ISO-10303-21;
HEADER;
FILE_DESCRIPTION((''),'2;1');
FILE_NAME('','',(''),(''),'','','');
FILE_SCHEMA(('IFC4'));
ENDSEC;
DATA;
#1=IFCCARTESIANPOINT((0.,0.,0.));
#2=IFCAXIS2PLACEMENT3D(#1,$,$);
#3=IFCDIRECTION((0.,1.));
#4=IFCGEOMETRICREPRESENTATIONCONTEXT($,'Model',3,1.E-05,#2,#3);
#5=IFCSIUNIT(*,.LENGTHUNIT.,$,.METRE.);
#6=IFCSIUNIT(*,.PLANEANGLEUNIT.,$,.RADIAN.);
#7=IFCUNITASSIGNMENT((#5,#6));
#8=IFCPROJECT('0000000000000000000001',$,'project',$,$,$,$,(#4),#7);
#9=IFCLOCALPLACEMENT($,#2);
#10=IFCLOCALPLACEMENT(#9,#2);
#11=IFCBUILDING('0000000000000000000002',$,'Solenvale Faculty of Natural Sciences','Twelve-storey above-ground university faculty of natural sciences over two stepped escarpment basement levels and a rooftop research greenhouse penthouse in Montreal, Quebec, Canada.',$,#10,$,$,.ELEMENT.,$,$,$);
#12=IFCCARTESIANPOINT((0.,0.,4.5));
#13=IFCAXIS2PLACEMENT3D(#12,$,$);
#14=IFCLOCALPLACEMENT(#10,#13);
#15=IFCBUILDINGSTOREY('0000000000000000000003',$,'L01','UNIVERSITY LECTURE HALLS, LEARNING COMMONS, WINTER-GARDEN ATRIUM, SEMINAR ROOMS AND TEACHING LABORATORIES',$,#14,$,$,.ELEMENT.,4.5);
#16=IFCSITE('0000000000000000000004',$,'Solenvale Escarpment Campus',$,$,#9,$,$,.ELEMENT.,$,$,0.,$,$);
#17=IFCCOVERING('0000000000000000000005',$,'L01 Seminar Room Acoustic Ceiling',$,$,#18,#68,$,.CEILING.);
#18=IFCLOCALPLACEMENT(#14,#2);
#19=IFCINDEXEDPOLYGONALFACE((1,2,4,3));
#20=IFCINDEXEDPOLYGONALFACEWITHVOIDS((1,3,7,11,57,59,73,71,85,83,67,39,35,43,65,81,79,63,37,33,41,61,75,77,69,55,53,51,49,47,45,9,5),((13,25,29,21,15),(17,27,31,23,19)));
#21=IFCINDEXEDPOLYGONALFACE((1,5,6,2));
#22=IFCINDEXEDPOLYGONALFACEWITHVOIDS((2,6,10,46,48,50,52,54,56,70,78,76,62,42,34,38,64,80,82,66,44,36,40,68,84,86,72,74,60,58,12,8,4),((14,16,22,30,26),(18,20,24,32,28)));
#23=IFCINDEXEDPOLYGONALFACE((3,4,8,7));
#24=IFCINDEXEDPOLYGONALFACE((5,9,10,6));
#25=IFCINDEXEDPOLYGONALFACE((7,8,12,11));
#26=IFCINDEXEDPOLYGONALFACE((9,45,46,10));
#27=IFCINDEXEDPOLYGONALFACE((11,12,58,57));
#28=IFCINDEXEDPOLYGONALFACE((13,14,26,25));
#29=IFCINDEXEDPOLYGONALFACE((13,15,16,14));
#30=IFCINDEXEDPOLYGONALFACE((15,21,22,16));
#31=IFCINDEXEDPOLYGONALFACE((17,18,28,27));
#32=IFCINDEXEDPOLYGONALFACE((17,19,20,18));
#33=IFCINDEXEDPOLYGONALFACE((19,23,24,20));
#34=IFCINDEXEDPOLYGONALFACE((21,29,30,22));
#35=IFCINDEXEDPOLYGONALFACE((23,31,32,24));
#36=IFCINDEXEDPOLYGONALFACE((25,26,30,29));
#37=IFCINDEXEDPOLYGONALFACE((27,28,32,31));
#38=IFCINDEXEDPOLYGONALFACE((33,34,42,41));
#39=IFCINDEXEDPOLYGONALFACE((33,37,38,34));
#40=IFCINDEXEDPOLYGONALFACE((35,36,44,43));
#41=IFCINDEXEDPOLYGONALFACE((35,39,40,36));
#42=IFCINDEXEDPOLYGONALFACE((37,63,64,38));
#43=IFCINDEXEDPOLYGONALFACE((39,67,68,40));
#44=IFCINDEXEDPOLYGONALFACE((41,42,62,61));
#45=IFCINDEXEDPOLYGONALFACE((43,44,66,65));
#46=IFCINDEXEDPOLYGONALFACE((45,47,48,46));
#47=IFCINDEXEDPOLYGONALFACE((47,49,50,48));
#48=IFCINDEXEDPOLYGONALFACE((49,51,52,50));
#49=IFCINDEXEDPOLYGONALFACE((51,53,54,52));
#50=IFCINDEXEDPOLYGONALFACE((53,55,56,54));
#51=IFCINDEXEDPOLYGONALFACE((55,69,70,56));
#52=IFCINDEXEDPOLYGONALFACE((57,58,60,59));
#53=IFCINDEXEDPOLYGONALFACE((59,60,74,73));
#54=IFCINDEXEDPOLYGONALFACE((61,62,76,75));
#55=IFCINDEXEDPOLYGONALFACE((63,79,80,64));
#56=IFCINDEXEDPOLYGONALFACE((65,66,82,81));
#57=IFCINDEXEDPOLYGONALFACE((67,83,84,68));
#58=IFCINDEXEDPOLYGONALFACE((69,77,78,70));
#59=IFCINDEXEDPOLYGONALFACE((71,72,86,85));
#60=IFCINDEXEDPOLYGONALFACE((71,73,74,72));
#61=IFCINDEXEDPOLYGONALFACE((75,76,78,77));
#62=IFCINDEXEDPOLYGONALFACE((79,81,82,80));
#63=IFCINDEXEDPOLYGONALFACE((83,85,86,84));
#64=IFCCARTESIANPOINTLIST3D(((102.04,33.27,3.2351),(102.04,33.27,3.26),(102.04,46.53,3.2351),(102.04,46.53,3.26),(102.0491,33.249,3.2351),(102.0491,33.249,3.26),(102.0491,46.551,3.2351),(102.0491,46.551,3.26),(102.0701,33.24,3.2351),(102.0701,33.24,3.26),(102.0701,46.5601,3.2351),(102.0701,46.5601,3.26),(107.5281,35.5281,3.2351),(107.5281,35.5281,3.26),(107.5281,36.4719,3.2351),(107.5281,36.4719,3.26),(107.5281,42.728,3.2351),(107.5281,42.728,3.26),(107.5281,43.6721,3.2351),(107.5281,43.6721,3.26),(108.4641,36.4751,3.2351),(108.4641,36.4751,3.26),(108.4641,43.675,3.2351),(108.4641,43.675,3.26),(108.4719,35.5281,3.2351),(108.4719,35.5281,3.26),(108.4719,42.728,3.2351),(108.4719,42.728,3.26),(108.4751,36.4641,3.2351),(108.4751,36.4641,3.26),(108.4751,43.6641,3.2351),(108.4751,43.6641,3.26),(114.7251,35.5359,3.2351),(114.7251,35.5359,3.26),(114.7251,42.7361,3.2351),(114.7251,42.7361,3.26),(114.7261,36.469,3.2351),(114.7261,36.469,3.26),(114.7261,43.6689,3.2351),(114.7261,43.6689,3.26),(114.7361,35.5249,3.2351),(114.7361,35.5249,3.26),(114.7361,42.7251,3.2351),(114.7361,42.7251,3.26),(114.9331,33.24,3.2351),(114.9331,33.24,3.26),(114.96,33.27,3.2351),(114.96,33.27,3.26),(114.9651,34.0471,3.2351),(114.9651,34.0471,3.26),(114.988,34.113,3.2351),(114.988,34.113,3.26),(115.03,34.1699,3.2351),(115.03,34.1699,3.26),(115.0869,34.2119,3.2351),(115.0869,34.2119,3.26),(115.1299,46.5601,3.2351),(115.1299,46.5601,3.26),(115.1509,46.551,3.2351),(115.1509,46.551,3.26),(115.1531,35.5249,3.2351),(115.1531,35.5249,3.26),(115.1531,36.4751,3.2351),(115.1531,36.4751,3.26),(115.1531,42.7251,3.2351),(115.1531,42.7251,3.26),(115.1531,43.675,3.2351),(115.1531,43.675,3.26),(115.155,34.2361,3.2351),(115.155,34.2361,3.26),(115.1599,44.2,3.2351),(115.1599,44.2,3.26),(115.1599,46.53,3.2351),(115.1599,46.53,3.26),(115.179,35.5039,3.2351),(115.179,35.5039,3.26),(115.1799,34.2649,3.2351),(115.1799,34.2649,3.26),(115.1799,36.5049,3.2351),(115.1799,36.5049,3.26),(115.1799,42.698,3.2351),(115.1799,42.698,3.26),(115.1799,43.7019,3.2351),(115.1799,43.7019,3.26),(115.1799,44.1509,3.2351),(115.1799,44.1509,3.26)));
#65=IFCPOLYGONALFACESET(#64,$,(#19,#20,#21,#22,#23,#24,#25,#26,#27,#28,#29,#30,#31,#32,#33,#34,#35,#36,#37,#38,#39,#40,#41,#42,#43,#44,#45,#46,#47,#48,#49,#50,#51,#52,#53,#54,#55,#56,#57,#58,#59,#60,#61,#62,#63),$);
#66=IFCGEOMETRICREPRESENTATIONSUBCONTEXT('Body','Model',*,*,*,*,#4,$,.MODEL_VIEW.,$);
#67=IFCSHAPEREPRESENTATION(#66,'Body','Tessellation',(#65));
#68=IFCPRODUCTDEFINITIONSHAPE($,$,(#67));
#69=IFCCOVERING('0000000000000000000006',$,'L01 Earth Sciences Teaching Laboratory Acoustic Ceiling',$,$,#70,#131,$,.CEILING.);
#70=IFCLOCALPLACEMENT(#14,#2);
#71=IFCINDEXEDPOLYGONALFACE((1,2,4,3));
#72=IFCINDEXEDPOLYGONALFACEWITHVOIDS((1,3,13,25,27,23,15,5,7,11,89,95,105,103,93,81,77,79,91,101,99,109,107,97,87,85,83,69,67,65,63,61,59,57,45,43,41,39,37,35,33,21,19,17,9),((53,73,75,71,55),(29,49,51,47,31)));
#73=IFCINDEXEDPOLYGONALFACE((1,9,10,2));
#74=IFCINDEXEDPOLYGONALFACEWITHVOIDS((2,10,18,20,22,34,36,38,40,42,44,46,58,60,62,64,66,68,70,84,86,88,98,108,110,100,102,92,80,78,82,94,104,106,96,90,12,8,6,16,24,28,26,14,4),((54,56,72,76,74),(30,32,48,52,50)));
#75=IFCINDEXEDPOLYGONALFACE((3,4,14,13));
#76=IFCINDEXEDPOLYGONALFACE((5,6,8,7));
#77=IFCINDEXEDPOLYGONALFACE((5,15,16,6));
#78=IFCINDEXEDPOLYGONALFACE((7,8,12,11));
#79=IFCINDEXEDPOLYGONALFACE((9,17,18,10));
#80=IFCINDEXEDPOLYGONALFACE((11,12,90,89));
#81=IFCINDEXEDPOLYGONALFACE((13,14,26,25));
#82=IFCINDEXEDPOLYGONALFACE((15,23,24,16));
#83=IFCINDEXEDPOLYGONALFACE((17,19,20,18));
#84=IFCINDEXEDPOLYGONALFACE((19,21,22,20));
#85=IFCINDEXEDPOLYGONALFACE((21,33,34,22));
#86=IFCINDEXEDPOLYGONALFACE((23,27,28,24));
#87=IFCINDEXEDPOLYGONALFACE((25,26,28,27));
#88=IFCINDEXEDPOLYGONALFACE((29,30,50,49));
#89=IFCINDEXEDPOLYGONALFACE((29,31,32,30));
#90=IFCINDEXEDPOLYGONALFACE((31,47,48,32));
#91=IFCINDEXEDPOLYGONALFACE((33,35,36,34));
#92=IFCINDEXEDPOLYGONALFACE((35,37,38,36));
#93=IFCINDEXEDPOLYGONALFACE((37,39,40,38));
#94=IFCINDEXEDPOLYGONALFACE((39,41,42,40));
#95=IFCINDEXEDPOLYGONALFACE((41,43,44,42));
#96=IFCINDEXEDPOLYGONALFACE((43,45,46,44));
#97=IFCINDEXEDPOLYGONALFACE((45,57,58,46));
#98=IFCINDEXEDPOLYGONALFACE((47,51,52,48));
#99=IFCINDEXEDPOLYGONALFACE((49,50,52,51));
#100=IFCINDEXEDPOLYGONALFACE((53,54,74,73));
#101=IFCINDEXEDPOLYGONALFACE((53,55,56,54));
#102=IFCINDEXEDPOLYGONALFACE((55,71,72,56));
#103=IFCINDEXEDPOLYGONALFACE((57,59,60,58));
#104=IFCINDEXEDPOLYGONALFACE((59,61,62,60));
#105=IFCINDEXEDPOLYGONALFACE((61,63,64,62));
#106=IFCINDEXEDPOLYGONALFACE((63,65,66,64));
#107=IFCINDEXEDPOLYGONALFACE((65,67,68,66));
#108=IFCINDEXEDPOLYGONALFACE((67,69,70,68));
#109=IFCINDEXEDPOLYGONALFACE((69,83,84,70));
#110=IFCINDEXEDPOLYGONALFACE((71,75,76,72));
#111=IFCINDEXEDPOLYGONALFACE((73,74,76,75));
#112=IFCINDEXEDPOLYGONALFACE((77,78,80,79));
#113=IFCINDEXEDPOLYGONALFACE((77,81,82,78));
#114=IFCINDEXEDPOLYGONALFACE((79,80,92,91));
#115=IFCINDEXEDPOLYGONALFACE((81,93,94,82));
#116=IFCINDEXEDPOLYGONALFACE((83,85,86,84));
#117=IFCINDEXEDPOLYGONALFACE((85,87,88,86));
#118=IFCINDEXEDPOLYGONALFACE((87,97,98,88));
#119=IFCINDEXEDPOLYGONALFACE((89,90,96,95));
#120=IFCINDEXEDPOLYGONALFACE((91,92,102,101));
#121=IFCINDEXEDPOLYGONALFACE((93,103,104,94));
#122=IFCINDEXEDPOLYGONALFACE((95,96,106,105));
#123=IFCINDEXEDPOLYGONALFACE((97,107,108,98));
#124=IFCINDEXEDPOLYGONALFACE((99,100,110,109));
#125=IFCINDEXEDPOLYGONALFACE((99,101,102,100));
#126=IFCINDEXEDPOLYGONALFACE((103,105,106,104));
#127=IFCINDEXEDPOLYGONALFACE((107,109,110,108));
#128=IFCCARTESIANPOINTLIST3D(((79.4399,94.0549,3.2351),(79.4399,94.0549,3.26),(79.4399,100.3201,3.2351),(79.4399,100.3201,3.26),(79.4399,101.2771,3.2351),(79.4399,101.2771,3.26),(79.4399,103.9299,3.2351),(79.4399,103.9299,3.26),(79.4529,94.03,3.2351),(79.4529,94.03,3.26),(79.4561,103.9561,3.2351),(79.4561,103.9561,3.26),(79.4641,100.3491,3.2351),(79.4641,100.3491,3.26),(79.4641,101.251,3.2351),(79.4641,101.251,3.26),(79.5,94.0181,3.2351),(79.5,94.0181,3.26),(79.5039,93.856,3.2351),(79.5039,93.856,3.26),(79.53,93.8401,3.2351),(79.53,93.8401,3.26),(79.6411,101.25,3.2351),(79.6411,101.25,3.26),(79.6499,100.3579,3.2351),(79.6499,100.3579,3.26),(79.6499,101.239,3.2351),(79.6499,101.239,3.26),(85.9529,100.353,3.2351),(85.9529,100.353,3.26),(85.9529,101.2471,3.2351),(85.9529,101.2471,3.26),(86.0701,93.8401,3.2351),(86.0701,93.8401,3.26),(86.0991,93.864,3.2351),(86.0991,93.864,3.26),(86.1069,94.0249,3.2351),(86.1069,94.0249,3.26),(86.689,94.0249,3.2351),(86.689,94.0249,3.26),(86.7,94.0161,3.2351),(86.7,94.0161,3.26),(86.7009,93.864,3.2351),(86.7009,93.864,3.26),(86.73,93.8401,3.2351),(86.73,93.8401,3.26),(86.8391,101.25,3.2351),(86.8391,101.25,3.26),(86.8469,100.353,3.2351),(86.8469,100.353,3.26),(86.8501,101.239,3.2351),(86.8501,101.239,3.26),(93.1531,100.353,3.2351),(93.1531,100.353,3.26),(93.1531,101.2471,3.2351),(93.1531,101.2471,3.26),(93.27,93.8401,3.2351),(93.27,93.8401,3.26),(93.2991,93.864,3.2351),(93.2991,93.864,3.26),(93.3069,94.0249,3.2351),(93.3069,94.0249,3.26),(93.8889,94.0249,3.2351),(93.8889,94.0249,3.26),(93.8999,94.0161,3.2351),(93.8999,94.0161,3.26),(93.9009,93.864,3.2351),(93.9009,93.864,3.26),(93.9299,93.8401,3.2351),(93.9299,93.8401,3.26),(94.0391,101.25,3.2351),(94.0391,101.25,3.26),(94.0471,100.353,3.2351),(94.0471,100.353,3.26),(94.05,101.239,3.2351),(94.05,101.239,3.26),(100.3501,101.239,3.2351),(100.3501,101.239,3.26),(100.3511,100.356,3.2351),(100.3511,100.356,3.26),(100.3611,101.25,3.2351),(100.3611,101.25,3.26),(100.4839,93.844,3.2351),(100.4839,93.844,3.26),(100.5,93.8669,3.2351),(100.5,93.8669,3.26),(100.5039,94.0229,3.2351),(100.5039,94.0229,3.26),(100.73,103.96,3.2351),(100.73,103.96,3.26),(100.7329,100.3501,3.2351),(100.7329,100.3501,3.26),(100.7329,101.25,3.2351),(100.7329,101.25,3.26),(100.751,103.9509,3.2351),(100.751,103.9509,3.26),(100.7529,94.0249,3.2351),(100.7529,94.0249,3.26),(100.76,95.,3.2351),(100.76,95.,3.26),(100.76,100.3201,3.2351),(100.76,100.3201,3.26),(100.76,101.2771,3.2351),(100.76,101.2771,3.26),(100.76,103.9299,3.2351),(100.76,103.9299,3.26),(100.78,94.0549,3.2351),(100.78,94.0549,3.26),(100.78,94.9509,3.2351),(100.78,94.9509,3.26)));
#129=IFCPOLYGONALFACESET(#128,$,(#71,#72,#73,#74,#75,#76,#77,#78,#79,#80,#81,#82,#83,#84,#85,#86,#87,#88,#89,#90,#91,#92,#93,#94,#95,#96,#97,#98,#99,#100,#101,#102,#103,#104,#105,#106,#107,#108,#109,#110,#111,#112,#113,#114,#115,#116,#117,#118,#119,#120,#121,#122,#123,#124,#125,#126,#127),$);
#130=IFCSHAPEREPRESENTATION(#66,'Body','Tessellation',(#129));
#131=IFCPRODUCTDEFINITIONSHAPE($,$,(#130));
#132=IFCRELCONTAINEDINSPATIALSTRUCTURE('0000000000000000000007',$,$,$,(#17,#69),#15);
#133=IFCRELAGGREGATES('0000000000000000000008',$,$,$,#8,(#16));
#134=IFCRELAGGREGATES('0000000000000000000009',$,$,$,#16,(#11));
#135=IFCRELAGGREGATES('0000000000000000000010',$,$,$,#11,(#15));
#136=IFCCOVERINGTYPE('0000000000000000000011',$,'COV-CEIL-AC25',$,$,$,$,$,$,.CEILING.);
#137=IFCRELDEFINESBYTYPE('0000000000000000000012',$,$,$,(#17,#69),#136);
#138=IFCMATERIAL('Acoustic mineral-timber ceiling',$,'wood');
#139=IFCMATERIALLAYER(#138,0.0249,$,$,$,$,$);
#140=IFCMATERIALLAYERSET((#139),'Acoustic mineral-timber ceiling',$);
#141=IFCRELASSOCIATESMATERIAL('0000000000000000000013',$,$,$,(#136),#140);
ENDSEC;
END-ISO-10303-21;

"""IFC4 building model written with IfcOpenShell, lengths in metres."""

from ifc_helpers import new_model, si_unit, direction, frame, origin, place, context, subcontext, project, spatial, polyline, outline, extrude, material, layer, layer_set, type_object, element, save


model = new_model("IFC4")

# Units and contexts
model_context = context("Model", 3, precision=1e-05, world=origin(), true_north=direction((0.0, 1.0)))
body_context = subcontext(model_context, "Body", "Model", "MODEL_VIEW")
ifc_project = project(units=[si_unit("LENGTHUNIT", "METRE"), si_unit("PLANEANGLEUNIT", "RADIAN")], contexts=[model_context])

# Site, building, storey
site_placement = place(None, origin())
site = spatial("IfcSite", under=ifc_project, at=site_placement, Name="Solenvale Escarpment Campus", CompositionType="ELEMENT", RefElevation=0.0)
building_placement = place(site_placement, origin())
building = spatial("IfcBuilding", under=site, at=building_placement, Name="Solenvale Faculty of Natural Sciences", Description="Twelve-storey above-ground university faculty of natural sciences over two stepped escarpment basement levels and a rooftop research greenhouse penthouse in Montreal, Quebec, Canada.", CompositionType="ELEMENT")
storey_placement = place(building_placement, frame((0.0, 0.0, 4.5)))
storey = spatial("IfcBuildingStorey", under=building, at=storey_placement, Name="L01", Description="UNIVERSITY LECTURE HALLS, LEARNING COMMONS, WINTER-GARDEN ATRIUM, SEMINAR ROOMS AND TEACHING LABORATORIES", CompositionType="ELEMENT", Elevation=4.5)

# Coverings
ifc_material_1 = material(Name="Acoustic mineral-timber ceiling", Category="wood")
ifc_layer_1 = layer(ifc_material_1, 0.0249)
ifc_layer_set_1 = layer_set([ifc_layer_1], Name="Acoustic mineral-timber ceiling")
covering_type_1 = type_object("IfcCoveringType", Name="COV-CEIL-AC25", PredefinedType="CEILING", material=ifc_layer_set_1)
covering_1_placement = place(storey_placement, frame((0.0, 0.0, 3.2351)))
element("IfcCovering", 1, at=covering_1_placement, inside=storey, type_object=covering_type_1, Name="L01 Seminar Room Acoustic Ceiling", PredefinedType="CEILING", context=body_context, shape_type="SweptSolid", body=[
    extrude(outline(polyline([(115.155, 34.2361), (115.0869, 34.2119), (115.03, 34.1699), (114.988, 34.113), (114.9651, 34.0471), (114.96, 33.27), (114.9331, 33.24), (102.0701, 33.24), (102.0491, 33.249), (102.04, 33.27), (102.04, 46.53), (102.0491, 46.551), (102.0701, 46.5601), (115.1299, 46.5601), (115.1509, 46.551), (115.1599, 46.53), (115.1599, 44.2), (115.1799, 44.1509), (115.1799, 43.7019), (115.1531, 43.675), (114.7261, 43.6689), (114.7251, 42.7361), (114.7361, 42.7251), (115.1531, 42.7251), (115.1799, 42.698), (115.1799, 36.5049), (115.1531, 36.4751), (114.7261, 36.469), (114.7251, 35.5359), (114.7361, 35.5249), (115.1531, 35.5249), (115.179, 35.5039), (115.1799, 34.2649), (115.155, 34.2361)]), holes=[polyline([(108.4751, 36.4641), (108.4641, 36.4751), (107.5281, 36.4719), (107.5281, 35.5281), (108.4719, 35.5281), (108.4751, 36.4641)]), polyline([(108.4751, 43.6641), (108.4641, 43.675), (107.5281, 43.6721), (107.5281, 42.728), (108.4719, 42.728), (108.4751, 43.6641)])]), origin(), (0.0, 0.0, 1.0), 0.0249),
])
covering_2_placement = place(storey_placement, frame((0.0, 0.0, 3.2351)))
element("IfcCovering", 2, at=covering_2_placement, inside=storey, type_object=covering_type_1, Name="L01 Earth Sciences Teaching Laboratory Acoustic Ceiling", PredefinedType="CEILING", context=body_context, shape_type="SweptSolid", body=[
    extrude(outline(polyline([(100.73, 103.96), (100.751, 103.9509), (100.76, 103.9299), (100.76, 101.2771), (100.7329, 101.25), (100.3611, 101.25), (100.3501, 101.239), (100.3511, 100.356), (100.7329, 100.3501), (100.76, 100.3201), (100.76, 95.0), (100.78, 94.9509), (100.78, 94.0549), (100.7529, 94.0249), (100.5039, 94.0229), (100.5, 93.8669), (100.4839, 93.844), (93.9299, 93.8401), (93.9009, 93.864), (93.8999, 94.0161), (93.8889, 94.0249), (93.3069, 94.0249), (93.2991, 93.864), (93.27, 93.8401), (86.73, 93.8401), (86.7009, 93.864), (86.7, 94.0161), (86.689, 94.0249), (86.1069, 94.0249), (86.0991, 93.864), (86.0701, 93.8401), (79.53, 93.8401), (79.5039, 93.856), (79.5, 94.0181), (79.4529, 94.03), (79.4399, 94.0549), (79.4399, 100.3201), (79.4641, 100.3491), (79.6499, 100.3579), (79.6499, 101.239), (79.6411, 101.25), (79.4641, 101.251), (79.4399, 101.2771), (79.4399, 103.9299), (79.4561, 103.9561), (100.73, 103.96)]), holes=[polyline([(94.05, 101.239), (94.0391, 101.25), (93.1531, 101.2471), (93.1531, 100.353), (94.0471, 100.353), (94.05, 101.239)]), polyline([(86.8501, 101.239), (86.8391, 101.25), (85.9529, 101.2471), (85.9529, 100.353), (86.8469, 100.353), (86.8501, 101.239)])]), origin(), (0.0, 0.0, 1.0), 0.0249),
])

save(model, "model.ifc")
